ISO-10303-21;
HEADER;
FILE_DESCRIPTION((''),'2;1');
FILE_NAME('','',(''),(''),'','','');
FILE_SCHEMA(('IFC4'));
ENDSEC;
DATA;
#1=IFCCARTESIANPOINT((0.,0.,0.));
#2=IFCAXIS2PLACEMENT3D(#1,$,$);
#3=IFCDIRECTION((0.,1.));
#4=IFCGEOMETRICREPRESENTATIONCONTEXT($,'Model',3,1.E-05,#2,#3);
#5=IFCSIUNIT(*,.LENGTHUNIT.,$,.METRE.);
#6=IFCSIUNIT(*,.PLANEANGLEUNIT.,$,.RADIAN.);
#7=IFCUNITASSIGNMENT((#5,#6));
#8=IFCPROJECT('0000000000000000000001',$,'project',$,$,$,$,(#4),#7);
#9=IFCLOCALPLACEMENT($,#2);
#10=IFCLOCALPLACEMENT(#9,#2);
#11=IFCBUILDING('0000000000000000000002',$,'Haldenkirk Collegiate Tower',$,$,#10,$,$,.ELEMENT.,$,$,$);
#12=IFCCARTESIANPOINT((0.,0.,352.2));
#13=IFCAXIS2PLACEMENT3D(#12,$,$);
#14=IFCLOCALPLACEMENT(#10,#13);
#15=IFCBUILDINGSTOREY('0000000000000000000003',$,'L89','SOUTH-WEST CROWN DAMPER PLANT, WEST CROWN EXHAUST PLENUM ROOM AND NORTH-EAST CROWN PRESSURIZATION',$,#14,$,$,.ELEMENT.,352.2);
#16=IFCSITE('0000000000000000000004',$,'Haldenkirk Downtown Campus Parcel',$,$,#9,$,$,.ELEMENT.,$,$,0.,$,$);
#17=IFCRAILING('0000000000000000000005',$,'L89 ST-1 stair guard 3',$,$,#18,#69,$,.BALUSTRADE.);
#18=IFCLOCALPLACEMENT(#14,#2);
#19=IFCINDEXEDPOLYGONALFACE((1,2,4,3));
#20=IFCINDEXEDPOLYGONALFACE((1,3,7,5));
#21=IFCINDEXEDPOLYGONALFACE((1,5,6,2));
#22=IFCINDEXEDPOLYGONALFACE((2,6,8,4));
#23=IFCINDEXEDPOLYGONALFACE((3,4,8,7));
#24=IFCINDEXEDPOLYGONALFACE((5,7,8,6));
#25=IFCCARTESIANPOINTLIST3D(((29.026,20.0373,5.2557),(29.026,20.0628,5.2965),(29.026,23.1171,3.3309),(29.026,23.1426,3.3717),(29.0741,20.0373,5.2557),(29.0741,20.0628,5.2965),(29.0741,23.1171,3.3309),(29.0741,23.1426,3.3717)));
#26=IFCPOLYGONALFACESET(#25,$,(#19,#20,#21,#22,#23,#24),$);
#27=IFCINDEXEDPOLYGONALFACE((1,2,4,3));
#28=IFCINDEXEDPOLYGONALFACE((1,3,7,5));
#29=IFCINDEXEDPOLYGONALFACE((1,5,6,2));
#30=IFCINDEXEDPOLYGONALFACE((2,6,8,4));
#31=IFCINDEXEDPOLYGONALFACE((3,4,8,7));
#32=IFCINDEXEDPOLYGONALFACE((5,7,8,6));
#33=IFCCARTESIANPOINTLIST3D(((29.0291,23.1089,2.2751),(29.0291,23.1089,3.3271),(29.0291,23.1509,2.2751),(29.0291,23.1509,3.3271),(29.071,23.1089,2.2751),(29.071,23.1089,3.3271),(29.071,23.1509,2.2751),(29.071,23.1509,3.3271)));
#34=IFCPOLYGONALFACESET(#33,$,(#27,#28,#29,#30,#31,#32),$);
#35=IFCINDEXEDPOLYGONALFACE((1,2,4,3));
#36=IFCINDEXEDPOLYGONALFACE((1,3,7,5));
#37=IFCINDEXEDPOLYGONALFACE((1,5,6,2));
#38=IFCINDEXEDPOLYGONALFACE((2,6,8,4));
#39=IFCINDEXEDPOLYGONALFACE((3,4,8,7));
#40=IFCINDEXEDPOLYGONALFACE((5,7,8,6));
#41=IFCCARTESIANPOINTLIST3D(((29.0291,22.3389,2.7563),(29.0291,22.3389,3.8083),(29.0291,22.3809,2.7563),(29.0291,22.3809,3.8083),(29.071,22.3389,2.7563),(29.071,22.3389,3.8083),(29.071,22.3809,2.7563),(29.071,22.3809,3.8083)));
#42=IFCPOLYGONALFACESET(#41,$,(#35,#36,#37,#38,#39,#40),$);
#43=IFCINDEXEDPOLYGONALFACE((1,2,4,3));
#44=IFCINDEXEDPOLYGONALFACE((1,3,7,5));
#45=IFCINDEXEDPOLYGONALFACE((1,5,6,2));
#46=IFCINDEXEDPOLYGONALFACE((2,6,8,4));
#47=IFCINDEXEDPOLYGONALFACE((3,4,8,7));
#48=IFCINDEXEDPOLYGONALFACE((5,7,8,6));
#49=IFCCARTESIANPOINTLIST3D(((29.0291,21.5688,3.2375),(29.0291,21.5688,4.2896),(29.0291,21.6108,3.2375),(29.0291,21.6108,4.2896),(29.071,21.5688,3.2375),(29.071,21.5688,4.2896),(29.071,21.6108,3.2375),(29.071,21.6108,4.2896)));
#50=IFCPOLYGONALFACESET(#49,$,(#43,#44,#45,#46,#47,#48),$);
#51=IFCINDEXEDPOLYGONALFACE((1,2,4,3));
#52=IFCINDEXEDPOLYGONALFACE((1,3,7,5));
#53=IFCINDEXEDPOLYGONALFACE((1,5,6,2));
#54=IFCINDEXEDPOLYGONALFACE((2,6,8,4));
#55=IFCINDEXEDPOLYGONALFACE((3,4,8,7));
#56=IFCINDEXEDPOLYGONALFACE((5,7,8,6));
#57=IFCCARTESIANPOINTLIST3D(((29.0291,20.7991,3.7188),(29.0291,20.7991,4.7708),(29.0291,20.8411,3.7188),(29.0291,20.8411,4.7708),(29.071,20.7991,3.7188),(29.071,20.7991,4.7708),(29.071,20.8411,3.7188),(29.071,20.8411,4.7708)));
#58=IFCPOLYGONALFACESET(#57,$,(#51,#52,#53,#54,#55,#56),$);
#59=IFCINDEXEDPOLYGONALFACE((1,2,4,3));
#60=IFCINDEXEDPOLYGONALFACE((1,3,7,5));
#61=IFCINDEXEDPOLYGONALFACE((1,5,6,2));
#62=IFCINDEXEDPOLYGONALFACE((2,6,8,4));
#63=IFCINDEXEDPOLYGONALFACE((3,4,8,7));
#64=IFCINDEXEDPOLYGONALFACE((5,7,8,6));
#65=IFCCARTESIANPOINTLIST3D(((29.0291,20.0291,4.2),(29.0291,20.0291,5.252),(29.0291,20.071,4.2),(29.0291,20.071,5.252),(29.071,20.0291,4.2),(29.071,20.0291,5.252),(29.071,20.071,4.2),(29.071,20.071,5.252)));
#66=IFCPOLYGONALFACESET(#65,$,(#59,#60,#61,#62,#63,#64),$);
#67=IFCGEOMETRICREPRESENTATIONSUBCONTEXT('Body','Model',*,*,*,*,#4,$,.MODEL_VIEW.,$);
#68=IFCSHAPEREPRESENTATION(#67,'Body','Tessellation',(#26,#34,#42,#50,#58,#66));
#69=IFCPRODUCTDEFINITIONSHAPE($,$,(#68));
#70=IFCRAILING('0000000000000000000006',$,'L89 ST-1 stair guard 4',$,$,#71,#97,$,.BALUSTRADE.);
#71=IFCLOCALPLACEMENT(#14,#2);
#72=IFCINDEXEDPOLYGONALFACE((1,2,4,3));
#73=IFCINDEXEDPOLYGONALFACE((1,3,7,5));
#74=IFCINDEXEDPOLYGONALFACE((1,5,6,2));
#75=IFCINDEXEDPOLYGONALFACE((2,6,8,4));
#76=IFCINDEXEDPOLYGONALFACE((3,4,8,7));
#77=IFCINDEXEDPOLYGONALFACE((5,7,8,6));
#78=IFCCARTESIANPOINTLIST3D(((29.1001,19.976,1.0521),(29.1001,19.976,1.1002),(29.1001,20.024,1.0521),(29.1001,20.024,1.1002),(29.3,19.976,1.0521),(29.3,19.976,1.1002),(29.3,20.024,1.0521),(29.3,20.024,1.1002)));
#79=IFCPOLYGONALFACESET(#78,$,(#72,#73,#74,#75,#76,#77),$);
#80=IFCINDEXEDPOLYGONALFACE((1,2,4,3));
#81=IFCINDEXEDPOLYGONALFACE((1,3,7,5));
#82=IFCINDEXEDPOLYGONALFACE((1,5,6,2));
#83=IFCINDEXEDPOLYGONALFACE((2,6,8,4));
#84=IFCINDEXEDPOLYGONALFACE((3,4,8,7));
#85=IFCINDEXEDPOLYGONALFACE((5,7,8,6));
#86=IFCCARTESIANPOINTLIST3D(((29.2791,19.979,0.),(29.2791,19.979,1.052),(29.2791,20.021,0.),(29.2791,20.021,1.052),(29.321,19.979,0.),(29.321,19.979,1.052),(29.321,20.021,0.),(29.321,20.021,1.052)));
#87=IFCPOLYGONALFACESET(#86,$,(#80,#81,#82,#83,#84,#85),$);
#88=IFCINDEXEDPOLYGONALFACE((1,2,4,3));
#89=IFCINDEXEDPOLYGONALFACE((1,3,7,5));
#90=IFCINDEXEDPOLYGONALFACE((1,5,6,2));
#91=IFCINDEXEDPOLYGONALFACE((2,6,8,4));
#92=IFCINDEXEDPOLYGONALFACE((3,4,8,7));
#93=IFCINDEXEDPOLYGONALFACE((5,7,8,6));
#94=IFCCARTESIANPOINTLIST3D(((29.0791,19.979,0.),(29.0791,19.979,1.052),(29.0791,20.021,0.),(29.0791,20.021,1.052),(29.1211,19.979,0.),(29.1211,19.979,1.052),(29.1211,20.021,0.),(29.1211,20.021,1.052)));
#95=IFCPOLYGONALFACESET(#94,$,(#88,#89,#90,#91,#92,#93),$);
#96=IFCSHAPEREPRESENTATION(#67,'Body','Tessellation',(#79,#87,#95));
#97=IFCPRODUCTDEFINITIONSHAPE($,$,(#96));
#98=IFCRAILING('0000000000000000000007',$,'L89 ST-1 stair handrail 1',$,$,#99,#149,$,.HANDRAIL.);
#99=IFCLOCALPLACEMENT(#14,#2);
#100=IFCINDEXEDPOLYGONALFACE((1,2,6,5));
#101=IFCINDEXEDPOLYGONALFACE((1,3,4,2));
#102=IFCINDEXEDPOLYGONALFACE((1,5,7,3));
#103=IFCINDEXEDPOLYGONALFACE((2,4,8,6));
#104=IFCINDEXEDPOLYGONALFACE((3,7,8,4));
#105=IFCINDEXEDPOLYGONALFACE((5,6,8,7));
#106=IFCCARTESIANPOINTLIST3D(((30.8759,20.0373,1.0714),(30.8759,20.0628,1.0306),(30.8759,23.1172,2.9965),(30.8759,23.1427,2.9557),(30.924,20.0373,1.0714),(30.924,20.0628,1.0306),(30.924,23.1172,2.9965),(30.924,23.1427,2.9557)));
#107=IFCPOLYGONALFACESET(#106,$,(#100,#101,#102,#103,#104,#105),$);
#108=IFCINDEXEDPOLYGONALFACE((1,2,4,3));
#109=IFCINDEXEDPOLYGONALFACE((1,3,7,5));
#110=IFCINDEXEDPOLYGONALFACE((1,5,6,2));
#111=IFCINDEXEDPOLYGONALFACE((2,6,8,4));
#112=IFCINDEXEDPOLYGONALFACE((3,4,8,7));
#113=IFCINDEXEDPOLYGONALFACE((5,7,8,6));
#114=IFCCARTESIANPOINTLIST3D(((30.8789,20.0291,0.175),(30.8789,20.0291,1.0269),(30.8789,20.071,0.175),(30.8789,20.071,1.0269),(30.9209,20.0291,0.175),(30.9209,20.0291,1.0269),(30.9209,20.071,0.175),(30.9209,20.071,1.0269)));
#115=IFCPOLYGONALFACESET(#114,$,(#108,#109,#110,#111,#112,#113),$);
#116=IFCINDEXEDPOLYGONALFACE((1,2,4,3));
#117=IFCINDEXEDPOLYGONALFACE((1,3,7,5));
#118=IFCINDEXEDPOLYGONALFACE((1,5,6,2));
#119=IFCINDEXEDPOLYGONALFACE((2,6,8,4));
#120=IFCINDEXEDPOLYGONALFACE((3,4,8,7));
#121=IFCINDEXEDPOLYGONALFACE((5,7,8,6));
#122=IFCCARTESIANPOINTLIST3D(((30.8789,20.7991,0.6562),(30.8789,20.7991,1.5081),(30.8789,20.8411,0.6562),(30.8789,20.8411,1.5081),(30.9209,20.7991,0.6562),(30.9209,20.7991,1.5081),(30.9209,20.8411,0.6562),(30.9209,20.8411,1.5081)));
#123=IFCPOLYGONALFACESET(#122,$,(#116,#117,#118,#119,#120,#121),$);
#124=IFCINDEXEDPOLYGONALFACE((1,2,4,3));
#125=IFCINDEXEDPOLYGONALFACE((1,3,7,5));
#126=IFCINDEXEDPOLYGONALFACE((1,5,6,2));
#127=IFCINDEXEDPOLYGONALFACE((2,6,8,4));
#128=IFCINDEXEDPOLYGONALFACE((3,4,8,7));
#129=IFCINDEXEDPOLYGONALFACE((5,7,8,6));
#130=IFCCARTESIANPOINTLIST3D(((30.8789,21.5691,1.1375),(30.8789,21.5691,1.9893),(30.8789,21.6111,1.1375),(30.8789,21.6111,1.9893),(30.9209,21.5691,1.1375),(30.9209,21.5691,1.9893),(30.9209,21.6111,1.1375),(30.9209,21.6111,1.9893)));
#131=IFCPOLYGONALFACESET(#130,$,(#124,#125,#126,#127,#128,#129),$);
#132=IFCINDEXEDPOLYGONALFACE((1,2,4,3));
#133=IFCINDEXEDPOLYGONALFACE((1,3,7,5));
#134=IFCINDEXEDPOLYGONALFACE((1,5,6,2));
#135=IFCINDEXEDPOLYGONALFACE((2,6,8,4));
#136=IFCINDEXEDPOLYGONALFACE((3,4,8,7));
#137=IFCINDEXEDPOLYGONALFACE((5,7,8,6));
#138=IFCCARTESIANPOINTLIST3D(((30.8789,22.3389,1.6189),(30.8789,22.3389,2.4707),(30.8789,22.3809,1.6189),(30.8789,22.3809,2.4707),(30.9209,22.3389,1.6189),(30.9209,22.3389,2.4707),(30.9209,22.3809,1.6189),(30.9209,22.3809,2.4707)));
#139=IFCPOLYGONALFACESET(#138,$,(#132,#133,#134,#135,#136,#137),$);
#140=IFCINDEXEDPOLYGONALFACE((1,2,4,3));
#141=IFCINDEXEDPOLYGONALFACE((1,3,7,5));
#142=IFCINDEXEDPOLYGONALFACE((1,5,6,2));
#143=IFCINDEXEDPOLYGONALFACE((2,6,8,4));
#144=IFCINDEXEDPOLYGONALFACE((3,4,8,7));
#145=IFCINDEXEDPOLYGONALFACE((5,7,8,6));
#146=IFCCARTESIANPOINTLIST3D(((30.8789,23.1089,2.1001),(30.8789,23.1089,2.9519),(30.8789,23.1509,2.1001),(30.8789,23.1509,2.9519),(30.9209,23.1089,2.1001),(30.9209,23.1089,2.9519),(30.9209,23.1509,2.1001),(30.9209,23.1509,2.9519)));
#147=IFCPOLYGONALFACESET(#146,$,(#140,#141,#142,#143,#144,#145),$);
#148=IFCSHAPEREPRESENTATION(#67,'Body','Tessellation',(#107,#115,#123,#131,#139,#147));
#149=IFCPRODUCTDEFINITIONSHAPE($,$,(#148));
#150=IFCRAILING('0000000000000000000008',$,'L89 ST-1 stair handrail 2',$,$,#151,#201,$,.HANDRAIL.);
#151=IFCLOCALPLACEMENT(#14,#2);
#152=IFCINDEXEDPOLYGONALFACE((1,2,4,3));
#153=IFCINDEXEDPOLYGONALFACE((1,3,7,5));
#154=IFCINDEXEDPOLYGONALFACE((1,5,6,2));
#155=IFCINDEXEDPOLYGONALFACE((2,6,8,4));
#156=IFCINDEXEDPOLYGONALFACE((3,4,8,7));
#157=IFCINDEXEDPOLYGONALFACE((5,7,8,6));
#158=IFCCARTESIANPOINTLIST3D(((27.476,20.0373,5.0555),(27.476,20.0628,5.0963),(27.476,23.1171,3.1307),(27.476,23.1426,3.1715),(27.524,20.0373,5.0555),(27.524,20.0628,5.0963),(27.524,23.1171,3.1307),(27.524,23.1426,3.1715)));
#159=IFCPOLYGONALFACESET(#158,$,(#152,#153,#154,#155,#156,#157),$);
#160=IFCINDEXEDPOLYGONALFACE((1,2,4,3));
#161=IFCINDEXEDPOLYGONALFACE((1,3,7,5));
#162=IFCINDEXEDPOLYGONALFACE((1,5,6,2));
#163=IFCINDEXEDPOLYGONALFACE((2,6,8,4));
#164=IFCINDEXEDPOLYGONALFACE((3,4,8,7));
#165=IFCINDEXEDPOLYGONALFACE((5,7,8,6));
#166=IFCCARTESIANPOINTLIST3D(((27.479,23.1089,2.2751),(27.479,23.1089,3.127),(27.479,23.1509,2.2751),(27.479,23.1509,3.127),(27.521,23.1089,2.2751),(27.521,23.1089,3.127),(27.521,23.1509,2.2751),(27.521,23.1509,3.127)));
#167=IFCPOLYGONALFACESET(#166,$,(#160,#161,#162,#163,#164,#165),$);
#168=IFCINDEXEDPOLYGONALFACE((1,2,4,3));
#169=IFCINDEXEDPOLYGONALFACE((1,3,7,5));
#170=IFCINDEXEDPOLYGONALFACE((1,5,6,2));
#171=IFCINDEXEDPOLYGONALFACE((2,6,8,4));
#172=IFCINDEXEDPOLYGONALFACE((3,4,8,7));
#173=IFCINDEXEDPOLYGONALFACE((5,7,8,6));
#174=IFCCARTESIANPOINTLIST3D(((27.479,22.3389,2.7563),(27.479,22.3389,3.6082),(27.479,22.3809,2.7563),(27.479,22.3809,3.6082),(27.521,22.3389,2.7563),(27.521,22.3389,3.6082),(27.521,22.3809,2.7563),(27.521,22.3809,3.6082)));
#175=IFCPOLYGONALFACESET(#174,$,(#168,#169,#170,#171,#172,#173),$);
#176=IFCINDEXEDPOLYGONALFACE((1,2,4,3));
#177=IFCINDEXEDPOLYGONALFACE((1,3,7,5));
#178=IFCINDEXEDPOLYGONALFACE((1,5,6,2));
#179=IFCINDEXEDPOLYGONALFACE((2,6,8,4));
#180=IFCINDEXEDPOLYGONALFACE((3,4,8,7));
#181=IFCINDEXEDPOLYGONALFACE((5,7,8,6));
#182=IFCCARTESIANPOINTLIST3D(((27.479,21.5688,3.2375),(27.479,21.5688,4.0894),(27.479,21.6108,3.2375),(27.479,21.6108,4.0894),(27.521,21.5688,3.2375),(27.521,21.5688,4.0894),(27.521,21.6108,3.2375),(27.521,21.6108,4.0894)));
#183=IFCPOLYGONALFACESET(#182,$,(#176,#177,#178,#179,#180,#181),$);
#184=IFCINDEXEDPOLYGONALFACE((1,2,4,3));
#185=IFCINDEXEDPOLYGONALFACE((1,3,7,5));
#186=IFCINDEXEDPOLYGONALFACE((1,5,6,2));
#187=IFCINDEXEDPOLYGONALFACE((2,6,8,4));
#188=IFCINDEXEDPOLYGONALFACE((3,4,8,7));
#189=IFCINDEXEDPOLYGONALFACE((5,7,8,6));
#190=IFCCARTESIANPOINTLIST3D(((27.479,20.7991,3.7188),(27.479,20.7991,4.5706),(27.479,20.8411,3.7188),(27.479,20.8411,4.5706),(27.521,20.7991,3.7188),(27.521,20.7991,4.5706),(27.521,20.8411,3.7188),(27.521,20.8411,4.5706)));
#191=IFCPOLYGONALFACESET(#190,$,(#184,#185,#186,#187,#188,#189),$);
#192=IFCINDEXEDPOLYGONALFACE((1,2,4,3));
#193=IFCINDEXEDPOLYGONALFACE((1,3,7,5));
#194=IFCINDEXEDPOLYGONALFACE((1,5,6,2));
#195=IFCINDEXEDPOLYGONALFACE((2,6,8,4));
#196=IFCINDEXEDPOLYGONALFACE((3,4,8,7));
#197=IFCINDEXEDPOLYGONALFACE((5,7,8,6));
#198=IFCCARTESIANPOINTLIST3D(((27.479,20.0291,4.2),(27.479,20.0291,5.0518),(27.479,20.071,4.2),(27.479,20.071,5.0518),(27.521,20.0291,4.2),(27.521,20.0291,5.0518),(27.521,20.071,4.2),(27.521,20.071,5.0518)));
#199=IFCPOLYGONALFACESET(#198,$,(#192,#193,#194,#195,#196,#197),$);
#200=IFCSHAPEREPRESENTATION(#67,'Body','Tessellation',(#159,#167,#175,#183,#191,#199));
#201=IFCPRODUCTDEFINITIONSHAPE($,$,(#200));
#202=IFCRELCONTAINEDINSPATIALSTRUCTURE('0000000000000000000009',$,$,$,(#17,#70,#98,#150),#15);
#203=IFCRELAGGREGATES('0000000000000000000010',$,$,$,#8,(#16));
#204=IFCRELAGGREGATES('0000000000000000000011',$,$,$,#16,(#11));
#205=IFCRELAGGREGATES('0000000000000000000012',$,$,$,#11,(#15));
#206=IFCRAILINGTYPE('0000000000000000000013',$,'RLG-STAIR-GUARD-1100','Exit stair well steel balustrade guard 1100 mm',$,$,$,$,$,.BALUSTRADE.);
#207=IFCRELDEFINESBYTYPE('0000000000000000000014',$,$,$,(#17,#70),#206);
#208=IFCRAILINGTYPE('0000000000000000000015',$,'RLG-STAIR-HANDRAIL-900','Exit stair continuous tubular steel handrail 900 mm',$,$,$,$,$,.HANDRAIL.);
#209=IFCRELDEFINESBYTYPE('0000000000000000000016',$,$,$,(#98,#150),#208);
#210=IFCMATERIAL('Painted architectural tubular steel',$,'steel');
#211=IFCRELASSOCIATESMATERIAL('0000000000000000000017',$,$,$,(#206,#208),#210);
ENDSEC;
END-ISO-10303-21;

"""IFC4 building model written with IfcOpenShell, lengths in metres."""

from ifc_helpers import new_model, si_unit, direction, frame, origin, origin_2d, place, context, subcontext, project, spatial, rectangle, extrude, material, type_object, element, save


model = new_model("IFC4")

# Units and contexts
model_context = context("Model", 3, precision=1e-05, world=origin(), true_north=direction((0.0, 1.0)))
body_context = subcontext(model_context, "Body", "Model", "MODEL_VIEW")
ifc_project = project(units=[si_unit("LENGTHUNIT", "METRE"), si_unit("PLANEANGLEUNIT", "RADIAN")], contexts=[model_context])

# Site, building, storey
site_placement = place(None, origin())
site = spatial("IfcSite", under=ifc_project, at=site_placement, Name="Haldenkirk Downtown Campus Parcel", CompositionType="ELEMENT", RefElevation=0.0)
building_placement = place(site_placement, origin())
building = spatial("IfcBuilding", under=site, at=building_placement, Name="Haldenkirk Collegiate Tower", CompositionType="ELEMENT")
storey_placement = place(building_placement, frame((0.0, 0.0, 352.2)))
storey = spatial("IfcBuildingStorey", under=building, at=storey_placement, Name="L89", Description="SOUTH-WEST CROWN DAMPER PLANT, WEST CROWN EXHAUST PLENUM ROOM AND NORTH-EAST CROWN PRESSURIZATION", CompositionType="ELEMENT", Elevation=352.2)

# Railings
ifc_material_1 = material(Name="Painted architectural tubular steel", Category="steel")
railing_type_1 = type_object("IfcRailingType", Name="RLG-STAIR-GUARD-1100", Description="Exit stair well steel balustrade guard 1100 mm", PredefinedType="BALUSTRADE", material=ifc_material_1)
railing_1_placement = place(storey_placement, frame((29.05, 23.1299, 2.2751)))
element("IfcRailing", 1, at=railing_1_placement, inside=storey, type_object=railing_type_1, Name="L89 ST-1 stair guard 3", PredefinedType="BALUSTRADE", context=body_context, shape_type="SweptSolid", body=[
    extrude(rectangle(XDim=0.0481, YDim=0.0481, at=origin_2d()), frame((0.0, 0.0, 1.0762), z_axis=(0.0, -0.84801, 0.529981), x_axis=(1.0, 0.0, 0.0)), (0.0, 0.0, 1.0), 3.6318),
    extrude(rectangle(XDim=0.042, YDim=0.042, at=origin_2d()), origin(), (0.0, 0.0, 1.0), 1.052),
    extrude(rectangle(XDim=0.042, YDim=0.042, at=origin_2d()), frame((0.0, -0.77, 0.4812)), (0.0, 0.0, 1.0), 1.052),
    extrude(rectangle(XDim=0.042, YDim=0.042, at=origin_2d()), frame((0.0, -1.54, 0.9624)), (0.0, 0.0, 1.0), 1.052),
    extrude(rectangle(XDim=0.042, YDim=0.042, at=origin_2d()), frame((0.0, -2.3098, 1.4436)), (0.0, 0.0, 1.0), 1.052),
    extrude(rectangle(XDim=0.042, YDim=0.042, at=origin_2d()), frame((0.0, -3.0798, 1.9248)), (0.0, 0.0, 1.0), 1.052),
])
railing_2_placement = place(storey_placement, frame((29.3, 20.0, 0.0)))
element("IfcRailing", 2, at=railing_2_placement, inside=storey, type_object=railing_type_1, Name="L89 ST-1 stair guard 4", PredefinedType="BALUSTRADE", context=body_context, shape_type="SweptSolid", body=[
    extrude(rectangle(XDim=0.0481, YDim=0.0481, at=origin_2d()), frame((0.0, 0.0, 1.0762), z_axis=(-1.0, 0.0, 0.0), x_axis=(0.0, -1.0, 0.0)), (0.0, 0.0, 1.0), 0.2),
    extrude(rectangle(XDim=0.042, YDim=0.042, at=origin_2d()), origin(), (0.0, 0.0, 1.0), 1.052),
    extrude(rectangle(XDim=0.042, YDim=0.042, at=origin_2d()), frame((-0.2, 0.0, 0.0)), (0.0, 0.0, 1.0), 1.052),
])
railing_type_2 = type_object("IfcRailingType", Name="RLG-STAIR-HANDRAIL-900", Description="Exit stair continuous tubular steel handrail 900 mm", PredefinedType="HANDRAIL", material=ifc_material_1)
railing_3_placement = place(storey_placement, frame((30.8999, 20.05, 0.175)))
element("IfcRailing", 3, at=railing_3_placement, inside=storey, type_object=railing_type_2, Name="L89 ST-1 stair handrail 1", PredefinedType="HANDRAIL", context=body_context, shape_type="SweptSolid", body=[
    extrude(rectangle(XDim=0.0481, YDim=0.0481, at=origin_2d()), frame((0.0, 0.0, 0.876), z_axis=(0.0, 0.847979, 0.530029), x_axis=(-1.0, 0.0, 0.0)), (0.0, 0.0, 1.0), 3.6321),
    extrude(rectangle(XDim=0.042, YDim=0.042, at=origin_2d()), origin(), (0.0, 0.0, 1.0), 0.8518),
    extrude(rectangle(XDim=0.042, YDim=0.042, at=origin_2d()), frame((0.0, 0.77, 0.4812)), (0.0, 0.0, 1.0), 0.8518),
    extrude(rectangle(XDim=0.042, YDim=0.042, at=origin_2d()), frame((0.0, 1.54, 0.9624)), (0.0, 0.0, 1.0), 0.8518),
    extrude(rectangle(XDim=0.042, YDim=0.042, at=origin_2d()), frame((0.0, 2.3098, 1.4438)), (0.0, 0.0, 1.0), 0.8518),
    extrude(rectangle(XDim=0.042, YDim=0.042, at=origin_2d()), frame((0.0, 3.0798, 1.925)), (0.0, 0.0, 1.0), 0.8518),
])
railing_4_placement = place(storey_placement, frame((27.5, 23.1299, 2.2751)))
element("IfcRailing", 4, at=railing_4_placement, inside=storey, type_object=railing_type_2, Name="L89 ST-1 stair handrail 2", PredefinedType="HANDRAIL", context=body_context, shape_type="SweptSolid", body=[
    extrude(rectangle(XDim=0.0481, YDim=0.0481, at=origin_2d()), frame((0.0, 0.0, 0.876), z_axis=(0.0, -0.84801, 0.529981), x_axis=(1.0, 0.0, 0.0)), (0.0, 0.0, 1.0), 3.6318),
    extrude(rectangle(XDim=0.042, YDim=0.042, at=origin_2d()), origin(), (0.0, 0.0, 1.0), 0.8518),
    extrude(rectangle(XDim=0.042, YDim=0.042, at=origin_2d()), frame((0.0, -0.77, 0.4812)), (0.0, 0.0, 1.0), 0.8518),
    extrude(rectangle(XDim=0.042, YDim=0.042, at=origin_2d()), frame((0.0, -1.54, 0.9624)), (0.0, 0.0, 1.0), 0.8518),
    extrude(rectangle(XDim=0.042, YDim=0.042, at=origin_2d()), frame((0.0, -2.3098, 1.4436)), (0.0, 0.0, 1.0), 0.8518),
    extrude(rectangle(XDim=0.042, YDim=0.042, at=origin_2d()), frame((0.0, -3.0798, 1.9248)), (0.0, 0.0, 1.0), 0.8518),
])

save(model, "model.ifc")
